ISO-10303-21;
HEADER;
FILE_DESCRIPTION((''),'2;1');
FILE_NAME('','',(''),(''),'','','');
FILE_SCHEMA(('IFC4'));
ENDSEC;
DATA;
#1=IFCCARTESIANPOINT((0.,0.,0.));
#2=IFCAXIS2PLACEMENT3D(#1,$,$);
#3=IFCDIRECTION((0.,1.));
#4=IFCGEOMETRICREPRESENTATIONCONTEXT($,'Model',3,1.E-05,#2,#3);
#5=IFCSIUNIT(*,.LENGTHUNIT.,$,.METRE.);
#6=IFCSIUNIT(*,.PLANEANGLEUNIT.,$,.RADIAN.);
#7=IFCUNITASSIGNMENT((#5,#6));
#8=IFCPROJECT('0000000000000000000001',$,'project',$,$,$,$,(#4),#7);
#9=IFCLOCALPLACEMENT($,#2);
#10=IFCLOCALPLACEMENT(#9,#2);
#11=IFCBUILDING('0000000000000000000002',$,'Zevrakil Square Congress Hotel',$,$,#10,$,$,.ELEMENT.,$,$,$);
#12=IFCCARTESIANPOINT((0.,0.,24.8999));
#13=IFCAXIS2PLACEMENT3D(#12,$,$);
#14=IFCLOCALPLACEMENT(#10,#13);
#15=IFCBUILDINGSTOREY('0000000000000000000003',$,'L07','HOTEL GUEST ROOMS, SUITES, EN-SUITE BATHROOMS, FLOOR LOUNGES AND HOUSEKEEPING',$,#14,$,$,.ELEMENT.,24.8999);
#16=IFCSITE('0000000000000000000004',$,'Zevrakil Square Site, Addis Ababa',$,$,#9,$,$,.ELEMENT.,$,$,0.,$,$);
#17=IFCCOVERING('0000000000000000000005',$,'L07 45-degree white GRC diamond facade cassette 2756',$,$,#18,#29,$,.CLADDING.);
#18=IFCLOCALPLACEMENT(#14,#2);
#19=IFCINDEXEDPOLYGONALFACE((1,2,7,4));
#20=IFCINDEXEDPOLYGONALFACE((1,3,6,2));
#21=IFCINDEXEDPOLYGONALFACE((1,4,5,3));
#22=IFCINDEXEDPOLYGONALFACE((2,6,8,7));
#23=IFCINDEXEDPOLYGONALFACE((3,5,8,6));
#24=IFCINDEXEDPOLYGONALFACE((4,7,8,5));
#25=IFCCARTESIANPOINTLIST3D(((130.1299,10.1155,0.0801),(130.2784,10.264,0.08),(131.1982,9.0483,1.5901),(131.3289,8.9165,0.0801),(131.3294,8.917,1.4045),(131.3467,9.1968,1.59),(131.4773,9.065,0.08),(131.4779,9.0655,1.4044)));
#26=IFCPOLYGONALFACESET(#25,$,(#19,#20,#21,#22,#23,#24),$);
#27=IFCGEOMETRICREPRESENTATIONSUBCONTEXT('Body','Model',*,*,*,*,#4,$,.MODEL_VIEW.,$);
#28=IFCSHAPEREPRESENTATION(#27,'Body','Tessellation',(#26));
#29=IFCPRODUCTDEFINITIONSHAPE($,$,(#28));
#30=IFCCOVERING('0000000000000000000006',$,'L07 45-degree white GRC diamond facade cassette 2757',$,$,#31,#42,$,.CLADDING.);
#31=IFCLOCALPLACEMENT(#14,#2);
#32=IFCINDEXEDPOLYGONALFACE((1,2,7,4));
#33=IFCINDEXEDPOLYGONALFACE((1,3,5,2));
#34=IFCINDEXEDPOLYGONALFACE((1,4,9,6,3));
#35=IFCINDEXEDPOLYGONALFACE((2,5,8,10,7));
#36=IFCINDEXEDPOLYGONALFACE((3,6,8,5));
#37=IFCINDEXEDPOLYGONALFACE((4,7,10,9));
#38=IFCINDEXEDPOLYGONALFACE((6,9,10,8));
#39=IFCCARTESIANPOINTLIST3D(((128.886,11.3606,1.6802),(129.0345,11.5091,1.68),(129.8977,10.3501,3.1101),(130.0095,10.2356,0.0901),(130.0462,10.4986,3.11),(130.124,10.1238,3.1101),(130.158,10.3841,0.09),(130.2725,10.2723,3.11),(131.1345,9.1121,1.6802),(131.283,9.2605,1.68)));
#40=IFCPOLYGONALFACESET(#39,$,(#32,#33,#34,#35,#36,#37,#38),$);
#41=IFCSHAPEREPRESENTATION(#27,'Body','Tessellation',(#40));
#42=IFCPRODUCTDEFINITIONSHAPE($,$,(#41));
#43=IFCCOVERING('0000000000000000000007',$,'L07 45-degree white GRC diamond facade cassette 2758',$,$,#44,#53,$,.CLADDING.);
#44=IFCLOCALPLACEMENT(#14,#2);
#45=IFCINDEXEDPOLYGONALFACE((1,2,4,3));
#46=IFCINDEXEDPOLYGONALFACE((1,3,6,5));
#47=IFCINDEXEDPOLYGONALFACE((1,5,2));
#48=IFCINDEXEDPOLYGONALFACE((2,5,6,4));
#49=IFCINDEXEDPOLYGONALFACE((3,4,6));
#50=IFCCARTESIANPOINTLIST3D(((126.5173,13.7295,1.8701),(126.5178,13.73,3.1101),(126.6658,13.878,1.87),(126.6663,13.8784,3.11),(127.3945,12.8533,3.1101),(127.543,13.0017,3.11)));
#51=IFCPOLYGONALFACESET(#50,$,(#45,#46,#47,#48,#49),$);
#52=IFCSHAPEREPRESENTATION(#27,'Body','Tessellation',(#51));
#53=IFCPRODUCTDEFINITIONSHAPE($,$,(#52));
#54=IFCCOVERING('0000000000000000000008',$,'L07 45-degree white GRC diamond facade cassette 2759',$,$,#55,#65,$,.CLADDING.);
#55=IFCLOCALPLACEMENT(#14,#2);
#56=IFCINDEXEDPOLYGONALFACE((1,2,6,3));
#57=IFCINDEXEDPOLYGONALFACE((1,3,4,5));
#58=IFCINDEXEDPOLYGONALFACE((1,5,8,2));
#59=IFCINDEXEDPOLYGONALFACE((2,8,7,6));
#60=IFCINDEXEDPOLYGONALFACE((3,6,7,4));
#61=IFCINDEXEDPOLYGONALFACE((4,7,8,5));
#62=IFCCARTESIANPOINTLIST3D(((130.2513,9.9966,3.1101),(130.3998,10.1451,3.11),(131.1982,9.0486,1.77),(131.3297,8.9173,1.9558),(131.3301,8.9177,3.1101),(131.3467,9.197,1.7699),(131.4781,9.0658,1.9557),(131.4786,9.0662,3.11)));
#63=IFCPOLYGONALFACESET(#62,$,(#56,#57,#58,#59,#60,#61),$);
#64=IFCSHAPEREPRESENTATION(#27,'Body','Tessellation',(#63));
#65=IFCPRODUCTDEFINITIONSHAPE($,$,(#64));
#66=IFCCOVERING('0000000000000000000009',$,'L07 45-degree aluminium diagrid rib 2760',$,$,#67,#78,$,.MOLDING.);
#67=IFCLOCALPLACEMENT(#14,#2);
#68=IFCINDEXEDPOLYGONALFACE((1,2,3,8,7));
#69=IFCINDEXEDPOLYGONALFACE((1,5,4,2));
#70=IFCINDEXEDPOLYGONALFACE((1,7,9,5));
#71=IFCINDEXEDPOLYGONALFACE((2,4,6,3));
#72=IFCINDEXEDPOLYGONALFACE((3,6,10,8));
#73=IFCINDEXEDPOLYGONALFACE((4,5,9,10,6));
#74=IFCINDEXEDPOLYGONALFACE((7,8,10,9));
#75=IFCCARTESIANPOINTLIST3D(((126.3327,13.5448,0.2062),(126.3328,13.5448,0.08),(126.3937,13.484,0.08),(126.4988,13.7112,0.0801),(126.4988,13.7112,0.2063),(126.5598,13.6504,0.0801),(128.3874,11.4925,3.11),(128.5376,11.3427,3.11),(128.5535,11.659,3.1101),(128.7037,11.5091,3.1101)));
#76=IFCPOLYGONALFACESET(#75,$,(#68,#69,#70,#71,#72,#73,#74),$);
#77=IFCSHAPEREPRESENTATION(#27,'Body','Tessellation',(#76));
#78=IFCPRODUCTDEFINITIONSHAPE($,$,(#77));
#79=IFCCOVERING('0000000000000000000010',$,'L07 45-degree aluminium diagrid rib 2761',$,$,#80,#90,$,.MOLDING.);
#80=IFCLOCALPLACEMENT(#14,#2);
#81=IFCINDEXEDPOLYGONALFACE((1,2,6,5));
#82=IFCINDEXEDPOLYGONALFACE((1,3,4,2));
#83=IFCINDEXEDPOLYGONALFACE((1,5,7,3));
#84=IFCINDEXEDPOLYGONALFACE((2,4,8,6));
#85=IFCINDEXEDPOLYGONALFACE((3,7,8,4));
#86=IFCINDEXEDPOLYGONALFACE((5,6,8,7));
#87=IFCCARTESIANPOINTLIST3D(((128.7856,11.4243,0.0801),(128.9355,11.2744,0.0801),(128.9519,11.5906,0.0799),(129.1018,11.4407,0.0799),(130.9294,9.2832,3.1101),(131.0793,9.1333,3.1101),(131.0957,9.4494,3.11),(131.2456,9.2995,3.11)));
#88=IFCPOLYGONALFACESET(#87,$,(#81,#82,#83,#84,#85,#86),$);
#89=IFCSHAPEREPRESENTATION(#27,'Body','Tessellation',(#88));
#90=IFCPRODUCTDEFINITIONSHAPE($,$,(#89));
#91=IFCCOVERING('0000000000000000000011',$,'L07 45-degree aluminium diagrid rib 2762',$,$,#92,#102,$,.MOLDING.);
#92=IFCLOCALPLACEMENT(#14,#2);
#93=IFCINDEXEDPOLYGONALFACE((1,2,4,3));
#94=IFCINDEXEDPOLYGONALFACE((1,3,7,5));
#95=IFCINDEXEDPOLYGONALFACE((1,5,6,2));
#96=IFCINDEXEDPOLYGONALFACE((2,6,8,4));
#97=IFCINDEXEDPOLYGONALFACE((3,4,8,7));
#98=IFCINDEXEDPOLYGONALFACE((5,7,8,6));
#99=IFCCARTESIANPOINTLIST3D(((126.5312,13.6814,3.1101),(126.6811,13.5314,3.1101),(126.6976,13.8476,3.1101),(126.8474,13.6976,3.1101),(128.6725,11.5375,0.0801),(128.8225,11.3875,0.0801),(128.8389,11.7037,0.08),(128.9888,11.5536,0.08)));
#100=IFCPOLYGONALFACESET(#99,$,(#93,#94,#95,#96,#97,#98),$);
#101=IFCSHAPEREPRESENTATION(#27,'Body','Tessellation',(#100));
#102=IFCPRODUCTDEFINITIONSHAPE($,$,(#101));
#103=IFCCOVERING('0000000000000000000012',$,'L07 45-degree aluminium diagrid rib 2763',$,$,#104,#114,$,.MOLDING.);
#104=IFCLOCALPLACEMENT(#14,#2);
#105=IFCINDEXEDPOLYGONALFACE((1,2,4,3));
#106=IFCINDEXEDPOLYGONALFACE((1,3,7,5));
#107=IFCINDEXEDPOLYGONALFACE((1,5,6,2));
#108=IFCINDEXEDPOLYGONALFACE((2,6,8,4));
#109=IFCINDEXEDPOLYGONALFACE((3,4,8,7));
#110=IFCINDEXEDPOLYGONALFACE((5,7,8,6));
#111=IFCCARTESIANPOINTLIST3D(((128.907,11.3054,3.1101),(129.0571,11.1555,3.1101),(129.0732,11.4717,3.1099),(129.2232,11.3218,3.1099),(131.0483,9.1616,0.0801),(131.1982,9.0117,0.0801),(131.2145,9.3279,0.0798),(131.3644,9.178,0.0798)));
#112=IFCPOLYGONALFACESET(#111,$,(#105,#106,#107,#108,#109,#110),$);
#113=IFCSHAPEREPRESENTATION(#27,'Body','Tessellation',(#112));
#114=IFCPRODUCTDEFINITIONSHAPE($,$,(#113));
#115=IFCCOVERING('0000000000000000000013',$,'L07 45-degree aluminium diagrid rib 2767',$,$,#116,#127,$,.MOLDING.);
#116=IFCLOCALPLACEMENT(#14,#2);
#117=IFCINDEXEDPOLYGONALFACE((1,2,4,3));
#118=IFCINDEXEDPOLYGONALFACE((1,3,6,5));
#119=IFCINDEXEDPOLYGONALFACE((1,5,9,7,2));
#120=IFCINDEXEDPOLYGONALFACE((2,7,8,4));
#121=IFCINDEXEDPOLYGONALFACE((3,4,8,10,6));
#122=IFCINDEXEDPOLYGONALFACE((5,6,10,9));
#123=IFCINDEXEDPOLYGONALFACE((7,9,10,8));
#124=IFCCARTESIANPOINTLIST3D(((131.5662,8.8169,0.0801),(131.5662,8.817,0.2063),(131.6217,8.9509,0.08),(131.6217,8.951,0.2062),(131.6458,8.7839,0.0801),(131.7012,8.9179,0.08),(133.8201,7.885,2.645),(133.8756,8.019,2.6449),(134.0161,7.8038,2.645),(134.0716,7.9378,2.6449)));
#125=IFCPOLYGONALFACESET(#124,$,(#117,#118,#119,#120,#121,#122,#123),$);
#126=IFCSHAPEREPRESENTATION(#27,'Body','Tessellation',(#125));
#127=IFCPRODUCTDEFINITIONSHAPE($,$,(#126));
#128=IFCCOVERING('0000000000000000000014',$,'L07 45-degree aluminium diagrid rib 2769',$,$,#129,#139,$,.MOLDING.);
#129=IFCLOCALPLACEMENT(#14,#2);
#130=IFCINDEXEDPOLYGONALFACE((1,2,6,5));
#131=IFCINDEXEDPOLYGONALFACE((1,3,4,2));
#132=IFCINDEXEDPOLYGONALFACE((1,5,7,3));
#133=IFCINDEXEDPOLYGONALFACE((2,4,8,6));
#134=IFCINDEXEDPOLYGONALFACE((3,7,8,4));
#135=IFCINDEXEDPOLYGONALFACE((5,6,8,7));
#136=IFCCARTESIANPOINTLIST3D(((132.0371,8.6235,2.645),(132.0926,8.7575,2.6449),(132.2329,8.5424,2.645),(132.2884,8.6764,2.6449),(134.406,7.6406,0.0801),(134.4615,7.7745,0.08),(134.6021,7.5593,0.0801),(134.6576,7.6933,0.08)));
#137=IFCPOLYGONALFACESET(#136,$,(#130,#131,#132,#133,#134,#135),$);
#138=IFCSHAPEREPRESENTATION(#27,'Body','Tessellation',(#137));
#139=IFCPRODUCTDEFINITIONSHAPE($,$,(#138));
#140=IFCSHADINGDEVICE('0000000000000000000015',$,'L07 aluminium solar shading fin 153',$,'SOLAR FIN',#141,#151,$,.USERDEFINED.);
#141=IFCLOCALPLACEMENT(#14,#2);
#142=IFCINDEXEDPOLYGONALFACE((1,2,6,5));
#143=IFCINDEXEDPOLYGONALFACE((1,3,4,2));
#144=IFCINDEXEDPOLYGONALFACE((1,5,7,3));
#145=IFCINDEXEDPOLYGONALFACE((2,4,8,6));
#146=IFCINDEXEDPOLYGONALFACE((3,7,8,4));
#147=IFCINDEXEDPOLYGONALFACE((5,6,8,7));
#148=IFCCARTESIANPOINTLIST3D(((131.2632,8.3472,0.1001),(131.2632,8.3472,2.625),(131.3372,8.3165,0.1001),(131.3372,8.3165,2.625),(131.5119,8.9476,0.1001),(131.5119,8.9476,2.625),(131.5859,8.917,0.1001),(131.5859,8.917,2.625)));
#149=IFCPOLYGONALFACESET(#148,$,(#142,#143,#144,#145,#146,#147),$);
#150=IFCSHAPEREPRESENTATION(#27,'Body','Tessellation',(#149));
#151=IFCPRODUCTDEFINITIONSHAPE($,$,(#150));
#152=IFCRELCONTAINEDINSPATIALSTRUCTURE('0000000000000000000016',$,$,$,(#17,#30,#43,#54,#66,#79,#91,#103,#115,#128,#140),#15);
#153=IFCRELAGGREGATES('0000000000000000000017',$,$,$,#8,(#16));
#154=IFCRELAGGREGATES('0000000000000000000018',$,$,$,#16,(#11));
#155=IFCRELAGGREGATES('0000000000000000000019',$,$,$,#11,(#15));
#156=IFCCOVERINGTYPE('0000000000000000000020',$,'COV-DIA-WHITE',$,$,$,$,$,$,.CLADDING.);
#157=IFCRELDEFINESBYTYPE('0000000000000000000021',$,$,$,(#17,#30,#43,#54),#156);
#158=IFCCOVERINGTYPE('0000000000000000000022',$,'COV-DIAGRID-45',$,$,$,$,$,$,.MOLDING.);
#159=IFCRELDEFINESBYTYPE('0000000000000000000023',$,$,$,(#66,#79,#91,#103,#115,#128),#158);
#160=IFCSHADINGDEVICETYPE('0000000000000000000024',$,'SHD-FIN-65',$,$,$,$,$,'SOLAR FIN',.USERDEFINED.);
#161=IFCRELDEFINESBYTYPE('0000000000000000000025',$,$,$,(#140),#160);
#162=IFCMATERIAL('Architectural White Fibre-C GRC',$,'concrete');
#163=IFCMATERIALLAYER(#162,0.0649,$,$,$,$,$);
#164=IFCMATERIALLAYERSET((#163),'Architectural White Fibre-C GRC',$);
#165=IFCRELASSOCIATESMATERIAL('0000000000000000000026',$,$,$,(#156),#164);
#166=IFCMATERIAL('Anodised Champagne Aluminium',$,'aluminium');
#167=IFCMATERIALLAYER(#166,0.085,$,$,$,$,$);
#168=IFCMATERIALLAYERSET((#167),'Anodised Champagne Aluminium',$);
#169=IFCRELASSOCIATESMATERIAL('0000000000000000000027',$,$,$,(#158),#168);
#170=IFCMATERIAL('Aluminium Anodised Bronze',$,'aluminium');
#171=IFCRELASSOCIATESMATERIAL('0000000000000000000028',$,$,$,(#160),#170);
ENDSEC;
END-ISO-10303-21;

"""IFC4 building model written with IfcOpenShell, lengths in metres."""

from ifc_helpers import new_model, si_unit, direction, frame, origin, origin_2d, place, context, subcontext, project, spatial, polyline, rectangle, outline, extrude, material, layer, layer_set, type_object, element, save


model = new_model("IFC4")

# Units and contexts
model_context = context("Model", 3, precision=1e-05, world=origin(), true_north=direction((0.0, 1.0)))
body_context = subcontext(model_context, "Body", "Model", "MODEL_VIEW")
ifc_project = project(units=[si_unit("LENGTHUNIT", "METRE"), si_unit("PLANEANGLEUNIT", "RADIAN")], contexts=[model_context])

# Site, building, storey
site_placement = place(None, origin())
site = spatial("IfcSite", under=ifc_project, at=site_placement, Name="Zevrakil Square Site, Addis Ababa", CompositionType="ELEMENT", RefElevation=0.0)
building_placement = place(site_placement, origin())
building = spatial("IfcBuilding", under=site, at=building_placement, Name="Zevrakil Square Congress Hotel", CompositionType="ELEMENT")
storey_placement = place(building_placement, frame((0.0, 0.0, 24.8999)))
storey = spatial("IfcBuildingStorey", under=building, at=storey_placement, Name="L07", Description="HOTEL GUEST ROOMS, SUITES, EN-SUITE BATHROOMS, FLOOR LOUNGES AND HOUSEKEEPING", CompositionType="ELEMENT", Elevation=24.8999)

# Coverings
ifc_material_1 = material(Name="Architectural White Fibre-C GRC", Category="concrete")
ifc_layer_1 = layer(ifc_material_1, 0.0649)
ifc_layer_set_1 = layer_set([ifc_layer_1], Name="Architectural White Fibre-C GRC")
covering_type_1 = type_object("IfcCoveringType", Name="COV-DIA-WHITE", PredefinedType="CLADDING", material=ifc_layer_set_1)
covering_1_placement = place(storey_placement, frame((131.1982, 9.0483, 1.5901), z_axis=(-0.707132, -0.707081, 0.000567), x_axis=(0.499744, -0.500347, -0.707042)))
element("IfcCovering", 1, at=covering_1_placement, inside=storey, type_object=covering_type_1, Name="L07 45-degree white GRC diamond facade cassette 2756", PredefinedType="CLADDING", context=body_context, shape_type="SweptSolid", body=[
    extrude(outline(polyline([(0.0, 0.0), (0.2624, 0.0), (1.1989, -0.9366), (-0.0002, -2.1355), (0.0, 0.0)])), origin(), (0.0, 0.0, -1.0), 0.21),
])
covering_2_placement = place(storey_placement, frame((131.1345, 9.1121, 1.6802), z_axis=(-0.707107, -0.707107, 0.000628), x_axis=(-0.500293, 0.499665, -0.707136)))
element("IfcCovering", 2, at=covering_2_placement, inside=storey, type_object=covering_type_1, Name="L07 45-degree white GRC diamond facade cassette 2757", PredefinedType="CLADDING", context=body_context, shape_type="SweptSolid", body=[
    extrude(outline(polyline([(0.0, 0.0), (2.2486, 0.0), (2.2484, -2.2486), (0.2262, -2.2486), (-0.0001, -2.0222), (0.0, 0.0)])), origin(), (0.0, 0.0, -1.0), 0.21),
])
covering_3_placement = place(storey_placement, frame((126.5173, 13.7295, 1.8701), z_axis=(-0.707107, -0.707107, 0.000557), x_axis=(0.000394, 0.000394, 1.0)))
element("IfcCovering", 3, at=covering_3_placement, inside=storey, type_object=covering_type_1, Name="L07 45-degree white GRC diamond facade cassette 2758", PredefinedType="CLADDING", context=body_context, shape_type="SweptSolid", body=[
    extrude(outline(polyline([(0.0, 0.0), (1.24, 0.0), (1.24, -1.2399), (0.0, 0.0)])), origin(), (0.0, 0.0, -1.0), 0.21),
])
covering_4_placement = place(storey_placement, frame((131.1982, 9.0486, 1.77), z_axis=(-0.707147, -0.707067, 0.000523), x_axis=(-0.49969, 0.50027, 0.707135)))
element("IfcCovering", 4, at=covering_4_placement, inside=storey, type_object=covering_type_1, Name="L07 45-degree white GRC diamond facade cassette 2759", PredefinedType="CLADDING", context=body_context, shape_type="SweptSolid", body=[
    extrude(outline(polyline([(0.0, 0.0), (1.8951, 0.0), (0.8163, -1.0789), (0.0, -0.2627), (0.0, 0.0)])), origin(), (0.0, 0.0, -1.0), 0.21),
])
ifc_material_2 = material(Name="Anodised Champagne Aluminium", Category="aluminium")
ifc_layer_2 = layer(ifc_material_2, 0.085)
ifc_layer_set_2 = layer_set([ifc_layer_2], Name="Anodised Champagne Aluminium")
covering_type_2 = type_object("IfcCoveringType", Name="COV-DIAGRID-45", PredefinedType="MOLDING", material=ifc_layer_set_2)
covering_5_placement = place(storey_placement, frame((126.5598, 13.6504, 0.0801), z_axis=(0.706403, 0.70781, 0.000401), x_axis=(-0.70781, 0.706403, 0.0)))
element("IfcCovering", 5, at=covering_5_placement, inside=storey, type_object=covering_type_2, Name="L07 45-degree aluminium diagrid rib 2760", PredefinedType="MOLDING", context=body_context, shape_type="SweptSolid", body=[
    extrude(outline(polyline([(0.0, 0.0), (0.0861, 0.0), (0.0861, 0.1262), (-2.8179, 3.03), (-3.0301, 3.03), (0.0, 0.0)])), origin(), (0.0, 0.0, -1.0), 0.2351),
])
covering_6_placement = place(storey_placement, frame((128.9355, 11.2744, 0.0801), z_axis=(-0.707107, -0.707107, 0.000627), x_axis=(-0.707107, 0.707107, 0.0)))
element("IfcCovering", 6, at=covering_6_placement, inside=storey, type_object=covering_type_2, Name="L07 45-degree aluminium diagrid rib 2761", PredefinedType="MOLDING", context=body_context, shape_type="SweptSolid", body=[
    extrude(outline(polyline([(0.0, 0.0), (0.212, 0.0), (-2.8179, -3.03), (-3.0299, -3.03), (0.0, 0.0)])), origin(), (0.0, 0.0, -1.0), 0.2351),
])
covering_7_placement = place(storey_placement, frame((126.5312, 13.6814, 3.1101), z_axis=(-0.707395, -0.706819, 0.000191), x_axis=(0.706819, -0.707395, 0.0)))
element("IfcCovering", 7, at=covering_7_placement, inside=storey, type_object=covering_type_2, Name="L07 45-degree aluminium diagrid rib 2762", PredefinedType="MOLDING", context=body_context, shape_type="SweptSolid", body=[
    extrude(outline(polyline([(0.0, 0.0), (0.212, 0.0), (3.2422, -3.03), (3.0301, -3.03), (0.0, 0.0)])), origin(), (0.0, 0.0, -1.0), 0.2351),
])
covering_8_placement = place(storey_placement, frame((128.907, 11.3054, 3.1101), z_axis=(-0.706819, -0.707394, 0.001005), x_axis=(0.707395, -0.706819, 0.0)))
element("IfcCovering", 8, at=covering_8_placement, inside=storey, type_object=covering_type_2, Name="L07 45-degree aluminium diagrid rib 2763", PredefinedType="MOLDING", context=body_context, shape_type="SweptSolid", body=[
    extrude(outline(polyline([(0.0, 0.0), (0.2122, 0.0), (3.2421, -3.03), (3.0301, -3.03), (0.0, 0.0)])), origin(), (0.0, 0.0, -1.0), 0.2351),
])
covering_9_placement = place(storey_placement, frame((131.6458, 8.7839, 0.0801), z_axis=(-0.382687, -0.923878, 0.000613), x_axis=(-0.923878, 0.382687, 0.0)))
element("IfcCovering", 9, at=covering_9_placement, inside=storey, type_object=covering_type_2, Name="L07 45-degree aluminium diagrid rib 2767", PredefinedType="MOLDING", context=body_context, shape_type="SweptSolid", body=[
    extrude(outline(polyline([(0.0, 0.0), (0.0861, 0.0), (0.0861, -0.1262), (-2.3528, -2.5649), (-2.565, -2.5649), (0.0, 0.0)])), origin(), (0.0, 0.0, -1.0), 0.145),
])
covering_10_placement = place(storey_placement, frame((132.0371, 8.6235, 2.645), z_axis=(-0.382775, -0.923841, 0.000532), x_axis=(0.923841, -0.382775, 0.0)))
element("IfcCovering", 10, at=covering_10_placement, inside=storey, type_object=covering_type_2, Name="L07 45-degree aluminium diagrid rib 2769", PredefinedType="MOLDING", context=body_context, shape_type="SweptSolid", body=[
    extrude(outline(polyline([(0.0, 0.0), (0.2119, 0.0), (2.777, -2.5649), (2.5647, -2.5649), (0.0, 0.0)])), origin(), (0.0, 0.0, -1.0), 0.145),
])

# Shading device
ifc_material_3 = material(Name="Aluminium Anodised Bronze", Category="aluminium")
shading_device_type = type_object("IfcShadingDeviceType", Name="SHD-FIN-65", ElementType="SOLAR FIN", PredefinedType="USERDEFINED", material=ifc_material_3)
shading_device_placement = place(storey_placement, frame((131.4246, 8.6321, 0.1001), z_axis=(0.0, 0.0, 1.0), x_axis=(-0.382683, -0.92388, 0.0)))
element("IfcShadingDevice", 11, at=shading_device_placement, inside=storey, type_object=shading_device_type, Name="L07 aluminium solar shading fin 153", ObjectType="SOLAR FIN", PredefinedType="USERDEFINED", context=body_context, shape_type="SweptSolid", body=[
    extrude(rectangle(XDim=0.6499, YDim=0.0801, at=origin_2d()), origin(), (0.0, 0.0, 1.0), 2.5249),
])

save(model, "model.ifc")
